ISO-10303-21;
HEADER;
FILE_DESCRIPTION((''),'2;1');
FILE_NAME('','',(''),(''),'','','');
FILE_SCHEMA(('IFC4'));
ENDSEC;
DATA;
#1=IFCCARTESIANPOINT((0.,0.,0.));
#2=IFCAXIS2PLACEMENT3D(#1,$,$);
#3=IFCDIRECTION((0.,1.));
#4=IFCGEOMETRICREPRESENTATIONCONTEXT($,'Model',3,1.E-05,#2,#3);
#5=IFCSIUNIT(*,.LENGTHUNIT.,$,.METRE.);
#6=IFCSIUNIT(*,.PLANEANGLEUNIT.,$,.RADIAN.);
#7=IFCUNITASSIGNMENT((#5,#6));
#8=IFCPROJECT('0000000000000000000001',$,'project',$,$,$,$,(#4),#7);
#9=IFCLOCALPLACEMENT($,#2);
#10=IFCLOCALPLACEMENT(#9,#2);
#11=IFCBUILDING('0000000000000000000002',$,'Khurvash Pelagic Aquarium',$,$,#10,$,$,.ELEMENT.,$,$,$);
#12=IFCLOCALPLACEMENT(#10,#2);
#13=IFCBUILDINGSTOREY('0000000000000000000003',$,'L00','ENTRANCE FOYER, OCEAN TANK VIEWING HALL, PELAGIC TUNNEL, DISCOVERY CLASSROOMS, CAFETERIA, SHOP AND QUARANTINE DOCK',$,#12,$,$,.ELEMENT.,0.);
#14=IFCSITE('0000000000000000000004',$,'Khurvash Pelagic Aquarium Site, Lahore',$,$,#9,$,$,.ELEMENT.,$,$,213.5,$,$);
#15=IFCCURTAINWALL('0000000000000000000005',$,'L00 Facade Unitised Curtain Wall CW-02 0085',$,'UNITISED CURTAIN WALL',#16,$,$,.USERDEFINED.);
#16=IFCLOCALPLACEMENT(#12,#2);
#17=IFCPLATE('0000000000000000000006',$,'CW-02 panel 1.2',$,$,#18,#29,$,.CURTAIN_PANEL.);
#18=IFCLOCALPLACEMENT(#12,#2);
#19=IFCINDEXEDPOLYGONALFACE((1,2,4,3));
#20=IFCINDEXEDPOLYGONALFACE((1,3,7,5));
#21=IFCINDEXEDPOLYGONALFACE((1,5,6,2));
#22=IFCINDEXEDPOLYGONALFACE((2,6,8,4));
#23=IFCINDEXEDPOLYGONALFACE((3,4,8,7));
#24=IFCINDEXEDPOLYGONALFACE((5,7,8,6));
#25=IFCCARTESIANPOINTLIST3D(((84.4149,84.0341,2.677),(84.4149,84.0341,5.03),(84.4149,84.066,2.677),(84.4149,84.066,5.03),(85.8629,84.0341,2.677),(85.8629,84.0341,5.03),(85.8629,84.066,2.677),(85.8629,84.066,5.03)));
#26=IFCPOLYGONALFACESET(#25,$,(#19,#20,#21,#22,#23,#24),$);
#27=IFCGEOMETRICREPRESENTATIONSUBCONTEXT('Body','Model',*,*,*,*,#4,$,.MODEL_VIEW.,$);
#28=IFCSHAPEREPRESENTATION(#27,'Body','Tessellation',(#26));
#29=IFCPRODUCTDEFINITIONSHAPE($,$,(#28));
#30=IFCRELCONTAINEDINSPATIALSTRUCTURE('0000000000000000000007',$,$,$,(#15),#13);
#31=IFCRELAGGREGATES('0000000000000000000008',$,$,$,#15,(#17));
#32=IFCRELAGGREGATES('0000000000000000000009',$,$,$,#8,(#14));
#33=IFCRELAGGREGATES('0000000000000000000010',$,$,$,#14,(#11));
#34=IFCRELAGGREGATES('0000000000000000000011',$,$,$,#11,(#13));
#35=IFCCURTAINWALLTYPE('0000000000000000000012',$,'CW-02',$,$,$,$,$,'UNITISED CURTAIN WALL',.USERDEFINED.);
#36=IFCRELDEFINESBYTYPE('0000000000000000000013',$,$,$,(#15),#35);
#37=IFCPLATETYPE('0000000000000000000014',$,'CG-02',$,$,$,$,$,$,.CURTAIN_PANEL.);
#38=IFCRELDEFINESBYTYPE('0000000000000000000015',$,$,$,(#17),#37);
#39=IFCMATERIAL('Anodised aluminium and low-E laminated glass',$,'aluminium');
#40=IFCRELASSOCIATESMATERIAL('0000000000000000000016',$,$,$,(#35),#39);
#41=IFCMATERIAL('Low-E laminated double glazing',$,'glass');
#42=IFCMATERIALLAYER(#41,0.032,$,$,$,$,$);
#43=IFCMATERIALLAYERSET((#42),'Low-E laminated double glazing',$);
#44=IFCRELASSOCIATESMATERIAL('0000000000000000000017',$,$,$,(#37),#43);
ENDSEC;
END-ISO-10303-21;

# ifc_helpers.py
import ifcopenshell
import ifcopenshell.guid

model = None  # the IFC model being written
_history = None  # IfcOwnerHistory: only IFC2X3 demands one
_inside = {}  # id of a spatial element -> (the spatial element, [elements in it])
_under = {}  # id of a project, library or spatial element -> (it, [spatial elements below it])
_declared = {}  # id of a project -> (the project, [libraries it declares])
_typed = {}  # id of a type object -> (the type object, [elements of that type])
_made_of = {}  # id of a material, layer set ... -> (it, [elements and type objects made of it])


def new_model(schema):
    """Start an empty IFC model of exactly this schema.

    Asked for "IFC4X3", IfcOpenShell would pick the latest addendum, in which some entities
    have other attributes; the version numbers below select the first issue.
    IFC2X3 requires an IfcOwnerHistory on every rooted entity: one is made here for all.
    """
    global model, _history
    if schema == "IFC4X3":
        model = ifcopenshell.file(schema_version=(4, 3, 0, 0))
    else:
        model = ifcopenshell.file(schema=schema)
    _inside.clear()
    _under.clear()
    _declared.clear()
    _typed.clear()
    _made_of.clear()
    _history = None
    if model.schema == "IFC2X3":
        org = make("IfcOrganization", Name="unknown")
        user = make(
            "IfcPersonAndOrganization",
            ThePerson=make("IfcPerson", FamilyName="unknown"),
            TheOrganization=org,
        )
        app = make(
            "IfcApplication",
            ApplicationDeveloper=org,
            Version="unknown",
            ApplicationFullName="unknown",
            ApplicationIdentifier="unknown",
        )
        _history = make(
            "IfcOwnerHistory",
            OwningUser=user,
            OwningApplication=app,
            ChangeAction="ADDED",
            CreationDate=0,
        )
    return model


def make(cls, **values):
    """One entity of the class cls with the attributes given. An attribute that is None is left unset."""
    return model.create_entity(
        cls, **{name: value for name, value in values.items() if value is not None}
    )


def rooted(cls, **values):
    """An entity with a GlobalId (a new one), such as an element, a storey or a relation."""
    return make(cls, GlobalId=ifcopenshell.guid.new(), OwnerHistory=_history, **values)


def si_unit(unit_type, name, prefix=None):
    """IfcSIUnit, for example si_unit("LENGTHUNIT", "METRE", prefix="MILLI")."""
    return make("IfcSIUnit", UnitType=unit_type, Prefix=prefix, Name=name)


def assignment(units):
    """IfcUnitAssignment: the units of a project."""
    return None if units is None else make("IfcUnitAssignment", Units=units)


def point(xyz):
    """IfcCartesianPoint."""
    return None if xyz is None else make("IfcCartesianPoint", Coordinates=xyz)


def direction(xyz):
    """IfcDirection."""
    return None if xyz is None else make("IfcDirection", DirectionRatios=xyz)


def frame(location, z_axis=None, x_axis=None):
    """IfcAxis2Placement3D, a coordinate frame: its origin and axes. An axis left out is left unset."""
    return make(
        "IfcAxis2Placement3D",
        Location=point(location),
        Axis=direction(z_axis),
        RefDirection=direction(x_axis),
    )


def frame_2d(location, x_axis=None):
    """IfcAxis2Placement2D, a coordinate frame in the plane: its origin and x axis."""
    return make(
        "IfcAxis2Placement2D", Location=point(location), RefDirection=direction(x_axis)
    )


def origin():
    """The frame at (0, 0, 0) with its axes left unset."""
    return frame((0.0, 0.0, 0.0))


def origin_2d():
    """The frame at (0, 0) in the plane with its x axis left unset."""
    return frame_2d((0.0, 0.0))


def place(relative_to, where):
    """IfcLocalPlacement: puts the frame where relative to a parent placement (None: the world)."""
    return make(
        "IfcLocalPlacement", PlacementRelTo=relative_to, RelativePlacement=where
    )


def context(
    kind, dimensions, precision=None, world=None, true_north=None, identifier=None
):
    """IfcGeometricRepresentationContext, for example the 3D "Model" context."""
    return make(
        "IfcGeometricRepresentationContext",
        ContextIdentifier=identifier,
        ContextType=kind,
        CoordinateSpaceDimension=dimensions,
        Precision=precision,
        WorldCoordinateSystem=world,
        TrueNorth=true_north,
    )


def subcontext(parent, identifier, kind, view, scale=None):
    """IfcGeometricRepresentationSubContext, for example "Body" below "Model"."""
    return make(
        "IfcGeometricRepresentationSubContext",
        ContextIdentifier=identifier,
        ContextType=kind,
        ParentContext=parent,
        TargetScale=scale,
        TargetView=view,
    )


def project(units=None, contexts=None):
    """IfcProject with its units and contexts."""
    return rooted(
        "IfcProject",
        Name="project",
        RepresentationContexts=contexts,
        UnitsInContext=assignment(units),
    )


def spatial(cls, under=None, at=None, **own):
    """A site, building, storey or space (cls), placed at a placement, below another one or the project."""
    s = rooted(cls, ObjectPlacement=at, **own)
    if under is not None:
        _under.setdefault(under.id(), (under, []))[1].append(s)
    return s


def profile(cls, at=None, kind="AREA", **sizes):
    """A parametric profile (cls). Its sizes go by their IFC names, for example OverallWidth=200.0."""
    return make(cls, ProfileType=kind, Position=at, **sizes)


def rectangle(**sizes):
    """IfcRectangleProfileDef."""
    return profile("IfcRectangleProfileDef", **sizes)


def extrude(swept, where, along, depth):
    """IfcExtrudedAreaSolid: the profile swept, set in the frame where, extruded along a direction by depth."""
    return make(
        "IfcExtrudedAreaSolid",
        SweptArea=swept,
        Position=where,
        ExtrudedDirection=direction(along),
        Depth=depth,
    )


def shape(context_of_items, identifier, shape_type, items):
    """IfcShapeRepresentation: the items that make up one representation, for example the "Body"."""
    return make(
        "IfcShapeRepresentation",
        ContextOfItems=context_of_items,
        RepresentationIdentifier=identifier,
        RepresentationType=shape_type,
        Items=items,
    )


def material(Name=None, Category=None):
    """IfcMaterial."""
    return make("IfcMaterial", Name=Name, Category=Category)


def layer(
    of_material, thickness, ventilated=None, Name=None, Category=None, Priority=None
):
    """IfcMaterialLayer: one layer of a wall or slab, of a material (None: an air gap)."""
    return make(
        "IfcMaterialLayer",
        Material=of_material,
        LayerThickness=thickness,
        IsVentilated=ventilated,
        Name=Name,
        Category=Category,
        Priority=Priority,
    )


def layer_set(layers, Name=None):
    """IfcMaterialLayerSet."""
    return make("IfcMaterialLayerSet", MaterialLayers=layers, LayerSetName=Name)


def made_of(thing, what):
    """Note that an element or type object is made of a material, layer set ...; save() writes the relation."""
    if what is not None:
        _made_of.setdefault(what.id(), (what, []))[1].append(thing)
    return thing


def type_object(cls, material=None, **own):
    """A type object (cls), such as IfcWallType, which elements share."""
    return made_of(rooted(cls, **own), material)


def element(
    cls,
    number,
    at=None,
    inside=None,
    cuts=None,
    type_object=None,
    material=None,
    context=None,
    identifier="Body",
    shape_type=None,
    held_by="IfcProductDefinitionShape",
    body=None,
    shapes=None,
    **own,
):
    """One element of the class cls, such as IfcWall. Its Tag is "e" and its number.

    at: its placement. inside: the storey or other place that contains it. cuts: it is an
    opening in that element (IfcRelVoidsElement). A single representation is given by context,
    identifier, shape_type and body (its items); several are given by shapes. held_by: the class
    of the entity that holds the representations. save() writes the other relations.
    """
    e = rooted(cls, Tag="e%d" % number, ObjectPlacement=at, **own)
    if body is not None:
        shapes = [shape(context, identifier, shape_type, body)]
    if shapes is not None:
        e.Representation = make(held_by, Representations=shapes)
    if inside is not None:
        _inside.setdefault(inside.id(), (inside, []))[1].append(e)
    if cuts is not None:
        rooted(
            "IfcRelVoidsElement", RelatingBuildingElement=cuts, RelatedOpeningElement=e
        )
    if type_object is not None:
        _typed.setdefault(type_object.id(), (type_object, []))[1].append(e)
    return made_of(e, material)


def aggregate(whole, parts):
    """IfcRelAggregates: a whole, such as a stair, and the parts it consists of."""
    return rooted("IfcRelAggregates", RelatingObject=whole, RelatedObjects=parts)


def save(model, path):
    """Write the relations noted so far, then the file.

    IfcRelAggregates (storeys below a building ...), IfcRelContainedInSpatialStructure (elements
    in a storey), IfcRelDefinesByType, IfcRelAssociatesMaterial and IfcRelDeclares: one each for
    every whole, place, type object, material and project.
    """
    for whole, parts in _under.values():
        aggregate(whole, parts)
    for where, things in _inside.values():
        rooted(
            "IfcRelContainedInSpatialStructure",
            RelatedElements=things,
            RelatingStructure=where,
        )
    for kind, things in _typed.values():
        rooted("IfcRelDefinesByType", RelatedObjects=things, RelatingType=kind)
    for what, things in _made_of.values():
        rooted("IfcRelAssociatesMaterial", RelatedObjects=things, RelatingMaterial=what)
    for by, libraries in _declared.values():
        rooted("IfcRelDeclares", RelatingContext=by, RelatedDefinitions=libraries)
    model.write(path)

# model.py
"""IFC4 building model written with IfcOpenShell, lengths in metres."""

from ifc_helpers import new_model, si_unit, direction, frame, origin, origin_2d, place, context, subcontext, project, spatial, rectangle, extrude, material, layer, layer_set, type_object, element, aggregate, save


model = new_model("IFC4")

# Units and contexts
model_context = context("Model", 3, precision=1e-05, world=origin(), true_north=direction((0.0, 1.0)))
body_context = subcontext(model_context, "Body", "Model", "MODEL_VIEW")
ifc_project = project(units=[si_unit("LENGTHUNIT", "METRE"), si_unit("PLANEANGLEUNIT", "RADIAN")], contexts=[model_context])

# Site, building, storey
site_placement = place(None, origin())
site = spatial("IfcSite", under=ifc_project, at=site_placement, Name="Khurvash Pelagic Aquarium Site, Lahore", CompositionType="ELEMENT", RefElevation=213.5)
building_placement = place(site_placement, origin())
building = spatial("IfcBuilding", under=site, at=building_placement, Name="Khurvash Pelagic Aquarium", CompositionType="ELEMENT")
storey_placement = place(building_placement, origin())
storey = spatial("IfcBuildingStorey", under=building, at=storey_placement, Name="L00", Description="ENTRANCE FOYER, OCEAN TANK VIEWING HALL, PELAGIC TUNNEL, DISCOVERY CLASSROOMS, CAFETERIA, SHOP AND QUARANTINE DOCK", CompositionType="ELEMENT", Elevation=0.0)

# Curtain wall
ifc_material_1 = material(Name="Anodised aluminium and low-E laminated glass", Category="aluminium")
curtain_wall_type = type_object("IfcCurtainWallType", Name="CW-02", ElementType="UNITISED CURTAIN WALL", PredefinedType="USERDEFINED", material=ifc_material_1)
curtain_wall_1_placement = place(storey_placement, origin())
curtain_wall_1 = element("IfcCurtainWall", 1, at=curtain_wall_1_placement, inside=storey, type_object=curtain_wall_type, Name="L00 Facade Unitised Curtain Wall CW-02 0085", ObjectType="UNITISED CURTAIN WALL", PredefinedType="USERDEFINED")

# Plate
ifc_material_2 = material(Name="Low-E laminated double glazing", Category="glass")
ifc_layer = layer(ifc_material_2, 0.032)
ifc_layer_set = layer_set([ifc_layer], Name="Low-E laminated double glazing")
plate_type = type_object("IfcPlateType", Name="CG-02", PredefinedType="CURTAIN_PANEL", material=ifc_layer_set)
plate_1_placement = place(storey_placement, frame((85.1389, 84.05, 2.677), z_axis=(0.0, 0.0, 1.0), x_axis=(1.0, 0.0, 0.0)))
plate_1 = element("IfcPlate", 2, at=plate_1_placement, type_object=plate_type, Name="CW-02 panel 1.2", PredefinedType="CURTAIN_PANEL", context=body_context, shape_type="SweptSolid", body=[
    extrude(rectangle(XDim=1.448, YDim=0.032, at=origin_2d()), origin(), (0.0, 0.0, 1.0), 2.353),
])
aggregate(curtain_wall_1, [plate_1])

save(model, "model.ifc")
